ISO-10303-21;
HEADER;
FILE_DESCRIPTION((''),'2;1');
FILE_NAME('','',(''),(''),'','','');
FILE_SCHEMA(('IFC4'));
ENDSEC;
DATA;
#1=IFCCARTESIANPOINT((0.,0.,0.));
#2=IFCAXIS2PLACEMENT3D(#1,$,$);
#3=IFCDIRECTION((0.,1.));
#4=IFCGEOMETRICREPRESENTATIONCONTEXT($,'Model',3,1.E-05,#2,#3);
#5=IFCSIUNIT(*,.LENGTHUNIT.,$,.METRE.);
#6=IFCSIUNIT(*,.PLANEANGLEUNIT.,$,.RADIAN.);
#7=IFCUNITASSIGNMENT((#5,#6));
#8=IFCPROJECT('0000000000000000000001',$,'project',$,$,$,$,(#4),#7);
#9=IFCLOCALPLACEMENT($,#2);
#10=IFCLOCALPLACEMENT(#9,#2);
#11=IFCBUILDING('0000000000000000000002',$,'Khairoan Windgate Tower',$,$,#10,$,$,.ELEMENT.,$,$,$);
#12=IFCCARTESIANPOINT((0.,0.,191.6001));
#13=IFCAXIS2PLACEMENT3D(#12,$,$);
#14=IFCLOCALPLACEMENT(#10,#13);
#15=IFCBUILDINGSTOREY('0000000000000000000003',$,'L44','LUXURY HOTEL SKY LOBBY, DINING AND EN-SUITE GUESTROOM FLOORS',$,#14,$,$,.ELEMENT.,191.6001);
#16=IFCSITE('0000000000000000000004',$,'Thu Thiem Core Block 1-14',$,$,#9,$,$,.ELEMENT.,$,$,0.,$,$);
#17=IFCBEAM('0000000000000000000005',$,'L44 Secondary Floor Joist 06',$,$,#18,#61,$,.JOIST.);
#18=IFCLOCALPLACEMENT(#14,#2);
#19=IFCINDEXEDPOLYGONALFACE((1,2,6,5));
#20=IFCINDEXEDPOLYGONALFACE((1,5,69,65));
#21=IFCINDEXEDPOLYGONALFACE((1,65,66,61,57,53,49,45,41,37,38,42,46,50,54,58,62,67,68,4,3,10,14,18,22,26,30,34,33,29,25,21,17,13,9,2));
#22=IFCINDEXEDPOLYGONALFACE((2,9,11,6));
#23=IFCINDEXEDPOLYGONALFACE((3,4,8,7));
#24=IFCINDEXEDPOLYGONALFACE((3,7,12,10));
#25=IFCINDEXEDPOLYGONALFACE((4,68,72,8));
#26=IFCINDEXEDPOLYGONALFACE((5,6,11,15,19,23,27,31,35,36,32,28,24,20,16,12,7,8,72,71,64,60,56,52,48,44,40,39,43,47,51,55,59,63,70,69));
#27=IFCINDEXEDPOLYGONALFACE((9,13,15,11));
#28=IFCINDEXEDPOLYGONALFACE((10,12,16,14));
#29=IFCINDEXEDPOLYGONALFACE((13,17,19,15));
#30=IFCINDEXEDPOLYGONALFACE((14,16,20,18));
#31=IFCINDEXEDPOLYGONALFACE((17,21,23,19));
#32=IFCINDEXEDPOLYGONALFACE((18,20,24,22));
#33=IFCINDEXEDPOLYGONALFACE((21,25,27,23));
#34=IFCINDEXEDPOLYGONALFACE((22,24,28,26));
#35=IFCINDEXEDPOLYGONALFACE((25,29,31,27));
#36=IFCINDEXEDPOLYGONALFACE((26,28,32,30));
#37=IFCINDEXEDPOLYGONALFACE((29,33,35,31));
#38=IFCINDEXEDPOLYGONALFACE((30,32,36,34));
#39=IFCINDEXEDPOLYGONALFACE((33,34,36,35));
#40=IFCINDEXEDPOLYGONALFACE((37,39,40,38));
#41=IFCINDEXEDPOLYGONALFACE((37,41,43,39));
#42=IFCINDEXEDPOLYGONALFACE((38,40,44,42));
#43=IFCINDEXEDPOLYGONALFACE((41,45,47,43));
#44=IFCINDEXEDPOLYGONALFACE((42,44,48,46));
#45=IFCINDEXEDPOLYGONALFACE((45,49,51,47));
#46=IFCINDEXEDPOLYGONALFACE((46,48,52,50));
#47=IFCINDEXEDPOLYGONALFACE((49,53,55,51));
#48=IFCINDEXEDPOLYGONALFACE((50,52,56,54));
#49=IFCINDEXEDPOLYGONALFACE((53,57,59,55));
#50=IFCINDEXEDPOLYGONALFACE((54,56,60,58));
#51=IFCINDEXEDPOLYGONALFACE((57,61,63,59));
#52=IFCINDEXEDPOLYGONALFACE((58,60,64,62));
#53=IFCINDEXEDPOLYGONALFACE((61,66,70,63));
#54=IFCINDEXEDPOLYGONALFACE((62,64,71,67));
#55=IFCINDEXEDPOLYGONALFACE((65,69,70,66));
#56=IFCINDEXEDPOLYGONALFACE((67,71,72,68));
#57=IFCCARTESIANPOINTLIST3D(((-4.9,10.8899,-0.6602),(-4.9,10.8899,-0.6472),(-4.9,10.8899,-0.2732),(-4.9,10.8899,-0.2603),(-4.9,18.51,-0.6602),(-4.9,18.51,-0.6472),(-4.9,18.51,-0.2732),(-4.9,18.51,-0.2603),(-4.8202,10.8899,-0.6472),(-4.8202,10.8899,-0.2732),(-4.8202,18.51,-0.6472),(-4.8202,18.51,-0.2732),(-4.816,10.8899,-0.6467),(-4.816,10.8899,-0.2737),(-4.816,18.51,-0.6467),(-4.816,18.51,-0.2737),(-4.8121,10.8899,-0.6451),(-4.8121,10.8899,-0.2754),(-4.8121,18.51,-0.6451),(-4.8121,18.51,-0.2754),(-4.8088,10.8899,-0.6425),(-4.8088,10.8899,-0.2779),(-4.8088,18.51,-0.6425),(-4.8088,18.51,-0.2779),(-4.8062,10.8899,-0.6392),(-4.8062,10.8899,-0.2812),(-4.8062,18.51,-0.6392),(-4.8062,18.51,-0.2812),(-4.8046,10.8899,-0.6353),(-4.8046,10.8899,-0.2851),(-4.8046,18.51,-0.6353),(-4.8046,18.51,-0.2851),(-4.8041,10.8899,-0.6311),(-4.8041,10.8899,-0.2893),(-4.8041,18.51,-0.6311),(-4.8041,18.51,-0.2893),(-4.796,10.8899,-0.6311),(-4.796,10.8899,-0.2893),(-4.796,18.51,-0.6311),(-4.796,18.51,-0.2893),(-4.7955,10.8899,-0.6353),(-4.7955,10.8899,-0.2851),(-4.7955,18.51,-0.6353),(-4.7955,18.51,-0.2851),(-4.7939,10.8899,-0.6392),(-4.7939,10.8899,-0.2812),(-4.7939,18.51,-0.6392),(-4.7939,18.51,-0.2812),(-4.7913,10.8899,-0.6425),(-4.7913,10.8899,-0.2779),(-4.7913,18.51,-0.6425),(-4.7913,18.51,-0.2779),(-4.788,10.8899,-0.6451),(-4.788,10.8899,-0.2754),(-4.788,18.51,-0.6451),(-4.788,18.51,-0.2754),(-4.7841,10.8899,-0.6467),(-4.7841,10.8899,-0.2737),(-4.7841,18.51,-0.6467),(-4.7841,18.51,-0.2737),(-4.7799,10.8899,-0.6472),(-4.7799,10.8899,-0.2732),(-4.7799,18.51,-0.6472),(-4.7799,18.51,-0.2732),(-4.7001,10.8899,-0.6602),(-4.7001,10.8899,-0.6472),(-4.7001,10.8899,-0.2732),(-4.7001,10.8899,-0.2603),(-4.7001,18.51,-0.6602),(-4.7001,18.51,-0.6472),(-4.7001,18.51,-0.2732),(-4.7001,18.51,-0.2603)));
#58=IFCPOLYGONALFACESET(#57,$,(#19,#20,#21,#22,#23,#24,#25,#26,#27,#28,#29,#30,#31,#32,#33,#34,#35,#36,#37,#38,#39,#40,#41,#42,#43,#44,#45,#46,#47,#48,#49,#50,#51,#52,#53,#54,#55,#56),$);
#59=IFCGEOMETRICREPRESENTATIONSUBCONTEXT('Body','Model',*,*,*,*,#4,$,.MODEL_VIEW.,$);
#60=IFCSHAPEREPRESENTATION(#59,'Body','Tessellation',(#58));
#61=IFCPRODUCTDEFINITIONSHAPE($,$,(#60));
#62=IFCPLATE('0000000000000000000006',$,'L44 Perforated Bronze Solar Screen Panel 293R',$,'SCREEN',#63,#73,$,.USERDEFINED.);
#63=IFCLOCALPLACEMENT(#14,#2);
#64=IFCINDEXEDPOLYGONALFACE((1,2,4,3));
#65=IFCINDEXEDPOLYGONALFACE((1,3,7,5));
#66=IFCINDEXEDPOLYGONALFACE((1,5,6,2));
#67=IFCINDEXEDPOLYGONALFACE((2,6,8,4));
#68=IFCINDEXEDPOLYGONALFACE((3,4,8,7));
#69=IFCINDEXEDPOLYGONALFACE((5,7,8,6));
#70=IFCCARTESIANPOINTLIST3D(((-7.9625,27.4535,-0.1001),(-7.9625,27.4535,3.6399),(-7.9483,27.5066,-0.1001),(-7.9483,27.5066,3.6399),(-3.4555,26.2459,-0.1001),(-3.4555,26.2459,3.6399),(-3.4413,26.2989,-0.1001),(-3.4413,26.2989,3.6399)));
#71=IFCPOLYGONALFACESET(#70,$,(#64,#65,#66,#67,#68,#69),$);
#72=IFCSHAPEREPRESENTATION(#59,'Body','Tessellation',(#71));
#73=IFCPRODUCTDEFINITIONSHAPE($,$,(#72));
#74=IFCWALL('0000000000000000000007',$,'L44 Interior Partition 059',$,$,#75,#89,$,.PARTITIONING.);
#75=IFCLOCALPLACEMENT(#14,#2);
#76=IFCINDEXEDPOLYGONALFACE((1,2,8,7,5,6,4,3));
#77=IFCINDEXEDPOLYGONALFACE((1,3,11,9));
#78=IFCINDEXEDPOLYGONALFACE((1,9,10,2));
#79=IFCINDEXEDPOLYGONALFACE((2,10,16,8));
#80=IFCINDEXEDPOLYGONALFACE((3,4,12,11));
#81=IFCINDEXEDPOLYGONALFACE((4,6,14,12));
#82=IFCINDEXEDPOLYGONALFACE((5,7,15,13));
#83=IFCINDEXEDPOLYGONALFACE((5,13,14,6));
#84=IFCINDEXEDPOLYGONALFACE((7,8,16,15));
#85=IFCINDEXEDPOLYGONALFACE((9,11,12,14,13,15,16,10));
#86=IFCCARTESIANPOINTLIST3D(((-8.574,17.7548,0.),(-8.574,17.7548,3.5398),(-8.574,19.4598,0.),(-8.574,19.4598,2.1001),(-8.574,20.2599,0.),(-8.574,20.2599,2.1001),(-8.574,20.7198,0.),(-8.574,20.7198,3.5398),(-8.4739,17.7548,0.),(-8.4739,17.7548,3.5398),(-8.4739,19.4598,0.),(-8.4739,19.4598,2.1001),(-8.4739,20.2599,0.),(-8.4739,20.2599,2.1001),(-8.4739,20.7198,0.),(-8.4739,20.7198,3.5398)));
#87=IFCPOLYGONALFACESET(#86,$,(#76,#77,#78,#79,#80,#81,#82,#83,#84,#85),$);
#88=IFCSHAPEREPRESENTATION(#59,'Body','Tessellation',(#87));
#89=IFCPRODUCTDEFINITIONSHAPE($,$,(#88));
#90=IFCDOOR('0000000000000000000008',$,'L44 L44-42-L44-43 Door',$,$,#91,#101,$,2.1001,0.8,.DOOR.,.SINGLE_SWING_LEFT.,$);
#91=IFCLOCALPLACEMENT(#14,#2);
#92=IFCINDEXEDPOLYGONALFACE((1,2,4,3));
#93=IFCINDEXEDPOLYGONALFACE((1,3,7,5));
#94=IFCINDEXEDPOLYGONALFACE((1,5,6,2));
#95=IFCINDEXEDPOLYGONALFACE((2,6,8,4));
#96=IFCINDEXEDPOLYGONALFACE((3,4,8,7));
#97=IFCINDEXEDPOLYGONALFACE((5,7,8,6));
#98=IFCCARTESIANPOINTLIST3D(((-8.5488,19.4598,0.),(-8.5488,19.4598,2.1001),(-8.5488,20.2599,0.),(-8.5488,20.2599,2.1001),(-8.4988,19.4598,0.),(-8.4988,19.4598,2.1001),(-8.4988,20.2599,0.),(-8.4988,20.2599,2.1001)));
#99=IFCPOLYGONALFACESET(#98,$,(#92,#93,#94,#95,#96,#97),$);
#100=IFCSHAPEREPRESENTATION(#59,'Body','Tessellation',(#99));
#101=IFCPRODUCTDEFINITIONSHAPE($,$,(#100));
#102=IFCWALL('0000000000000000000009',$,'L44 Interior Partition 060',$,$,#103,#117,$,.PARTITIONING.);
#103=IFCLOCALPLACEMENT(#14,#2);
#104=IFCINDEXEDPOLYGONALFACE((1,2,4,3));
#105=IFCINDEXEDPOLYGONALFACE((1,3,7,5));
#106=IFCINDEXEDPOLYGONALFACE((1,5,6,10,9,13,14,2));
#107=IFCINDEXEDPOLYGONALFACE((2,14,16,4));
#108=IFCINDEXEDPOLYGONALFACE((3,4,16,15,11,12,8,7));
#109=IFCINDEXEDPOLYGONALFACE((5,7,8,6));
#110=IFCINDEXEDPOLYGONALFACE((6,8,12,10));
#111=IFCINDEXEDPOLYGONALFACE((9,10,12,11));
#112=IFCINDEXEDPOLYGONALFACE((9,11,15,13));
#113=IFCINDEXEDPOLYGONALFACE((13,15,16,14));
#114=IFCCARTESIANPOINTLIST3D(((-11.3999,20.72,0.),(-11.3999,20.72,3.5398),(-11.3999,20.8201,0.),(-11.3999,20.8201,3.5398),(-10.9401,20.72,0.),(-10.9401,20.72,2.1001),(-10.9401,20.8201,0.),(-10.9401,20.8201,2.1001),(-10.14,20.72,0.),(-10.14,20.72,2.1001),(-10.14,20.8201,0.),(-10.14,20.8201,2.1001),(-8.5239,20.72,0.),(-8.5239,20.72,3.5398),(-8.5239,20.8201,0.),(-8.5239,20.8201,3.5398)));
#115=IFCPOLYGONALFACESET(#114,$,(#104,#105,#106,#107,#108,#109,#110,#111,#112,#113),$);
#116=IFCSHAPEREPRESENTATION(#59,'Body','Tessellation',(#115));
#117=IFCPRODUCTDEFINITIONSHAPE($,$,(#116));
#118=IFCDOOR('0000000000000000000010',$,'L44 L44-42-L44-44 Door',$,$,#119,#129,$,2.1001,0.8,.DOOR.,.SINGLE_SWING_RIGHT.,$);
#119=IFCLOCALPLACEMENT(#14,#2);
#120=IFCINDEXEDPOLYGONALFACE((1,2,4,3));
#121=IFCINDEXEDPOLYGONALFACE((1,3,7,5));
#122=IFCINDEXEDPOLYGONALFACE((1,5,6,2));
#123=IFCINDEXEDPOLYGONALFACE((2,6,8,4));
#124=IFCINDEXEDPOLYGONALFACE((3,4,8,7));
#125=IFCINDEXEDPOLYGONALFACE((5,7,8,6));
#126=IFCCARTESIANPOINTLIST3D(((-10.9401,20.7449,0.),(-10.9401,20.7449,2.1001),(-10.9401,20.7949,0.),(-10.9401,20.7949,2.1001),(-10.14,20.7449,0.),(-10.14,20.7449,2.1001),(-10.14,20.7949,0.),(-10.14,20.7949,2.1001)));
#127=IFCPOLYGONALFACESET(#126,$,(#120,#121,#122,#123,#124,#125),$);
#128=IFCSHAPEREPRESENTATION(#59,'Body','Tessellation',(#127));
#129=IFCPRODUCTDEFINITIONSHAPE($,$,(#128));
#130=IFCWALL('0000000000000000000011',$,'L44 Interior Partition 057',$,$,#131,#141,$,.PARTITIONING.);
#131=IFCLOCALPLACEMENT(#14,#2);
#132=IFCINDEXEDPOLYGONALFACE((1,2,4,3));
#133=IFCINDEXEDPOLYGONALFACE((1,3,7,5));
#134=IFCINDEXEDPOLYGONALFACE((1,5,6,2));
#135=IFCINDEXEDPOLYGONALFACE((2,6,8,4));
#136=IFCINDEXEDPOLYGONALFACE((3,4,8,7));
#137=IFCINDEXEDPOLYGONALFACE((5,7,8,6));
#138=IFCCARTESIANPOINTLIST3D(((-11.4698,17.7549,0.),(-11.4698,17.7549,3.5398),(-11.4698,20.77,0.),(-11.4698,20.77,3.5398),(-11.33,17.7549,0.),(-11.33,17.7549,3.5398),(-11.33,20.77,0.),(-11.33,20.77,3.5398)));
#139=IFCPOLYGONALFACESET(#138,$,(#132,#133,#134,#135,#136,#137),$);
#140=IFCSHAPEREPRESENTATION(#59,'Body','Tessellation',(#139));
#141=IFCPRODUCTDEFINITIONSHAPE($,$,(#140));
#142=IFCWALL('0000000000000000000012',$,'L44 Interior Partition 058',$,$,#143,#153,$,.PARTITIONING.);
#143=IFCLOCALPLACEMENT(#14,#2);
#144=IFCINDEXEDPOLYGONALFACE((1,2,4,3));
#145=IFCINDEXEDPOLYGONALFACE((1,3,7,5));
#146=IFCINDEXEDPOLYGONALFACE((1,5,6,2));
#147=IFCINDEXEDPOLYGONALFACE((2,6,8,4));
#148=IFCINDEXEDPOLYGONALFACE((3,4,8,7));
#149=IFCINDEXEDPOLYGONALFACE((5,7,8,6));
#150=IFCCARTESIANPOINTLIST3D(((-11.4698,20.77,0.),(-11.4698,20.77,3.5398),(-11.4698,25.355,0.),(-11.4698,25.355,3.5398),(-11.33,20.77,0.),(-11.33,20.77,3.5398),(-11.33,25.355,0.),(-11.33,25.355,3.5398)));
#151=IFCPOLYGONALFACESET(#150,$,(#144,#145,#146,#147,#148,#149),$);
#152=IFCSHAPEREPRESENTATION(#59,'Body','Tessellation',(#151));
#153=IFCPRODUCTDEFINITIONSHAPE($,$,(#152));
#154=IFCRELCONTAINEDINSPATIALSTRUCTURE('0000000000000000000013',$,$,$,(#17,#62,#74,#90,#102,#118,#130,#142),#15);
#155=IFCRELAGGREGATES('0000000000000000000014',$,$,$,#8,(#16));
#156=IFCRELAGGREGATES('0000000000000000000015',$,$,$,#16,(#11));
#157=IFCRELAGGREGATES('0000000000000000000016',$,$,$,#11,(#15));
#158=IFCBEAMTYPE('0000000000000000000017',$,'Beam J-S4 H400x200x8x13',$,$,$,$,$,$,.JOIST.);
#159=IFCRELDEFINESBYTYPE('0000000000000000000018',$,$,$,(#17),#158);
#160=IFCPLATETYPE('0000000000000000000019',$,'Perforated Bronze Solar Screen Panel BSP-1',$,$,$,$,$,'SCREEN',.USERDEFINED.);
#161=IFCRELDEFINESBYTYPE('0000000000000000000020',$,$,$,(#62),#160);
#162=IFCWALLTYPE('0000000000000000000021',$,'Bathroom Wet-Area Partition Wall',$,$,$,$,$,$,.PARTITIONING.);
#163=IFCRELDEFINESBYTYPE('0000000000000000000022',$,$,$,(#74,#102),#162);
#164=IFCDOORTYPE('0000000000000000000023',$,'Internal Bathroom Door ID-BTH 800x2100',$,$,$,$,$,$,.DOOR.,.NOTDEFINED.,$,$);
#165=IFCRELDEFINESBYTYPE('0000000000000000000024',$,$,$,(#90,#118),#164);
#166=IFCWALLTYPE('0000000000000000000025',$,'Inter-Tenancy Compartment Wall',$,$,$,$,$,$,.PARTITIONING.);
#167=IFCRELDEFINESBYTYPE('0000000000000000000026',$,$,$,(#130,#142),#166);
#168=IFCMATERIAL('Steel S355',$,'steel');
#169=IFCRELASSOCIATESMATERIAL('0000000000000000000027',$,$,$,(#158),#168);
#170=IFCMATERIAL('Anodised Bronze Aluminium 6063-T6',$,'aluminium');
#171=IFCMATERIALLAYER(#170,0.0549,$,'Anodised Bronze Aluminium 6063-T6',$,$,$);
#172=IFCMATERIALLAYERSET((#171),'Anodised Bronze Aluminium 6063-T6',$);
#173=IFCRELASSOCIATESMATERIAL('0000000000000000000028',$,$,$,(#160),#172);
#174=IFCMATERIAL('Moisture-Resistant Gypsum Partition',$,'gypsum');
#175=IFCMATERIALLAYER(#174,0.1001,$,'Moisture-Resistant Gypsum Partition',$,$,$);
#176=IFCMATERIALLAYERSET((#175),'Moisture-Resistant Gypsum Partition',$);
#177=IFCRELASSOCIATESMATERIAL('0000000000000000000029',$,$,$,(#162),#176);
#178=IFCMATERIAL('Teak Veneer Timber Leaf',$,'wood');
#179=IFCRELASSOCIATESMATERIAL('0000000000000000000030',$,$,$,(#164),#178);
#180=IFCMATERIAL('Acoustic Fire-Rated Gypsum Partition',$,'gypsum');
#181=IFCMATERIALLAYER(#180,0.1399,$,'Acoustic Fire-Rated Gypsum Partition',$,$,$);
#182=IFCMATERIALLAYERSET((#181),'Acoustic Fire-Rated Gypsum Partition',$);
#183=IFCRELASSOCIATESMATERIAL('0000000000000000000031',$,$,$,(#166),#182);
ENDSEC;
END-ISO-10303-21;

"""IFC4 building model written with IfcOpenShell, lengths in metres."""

from ifc_helpers import new_model, si_unit, direction, frame, frame_2d, origin, origin_2d, place, context, subcontext, project, spatial, rectangle, i_section, extrude, material, layer, layer_set, material_profile, profile_set, type_object, element, fill, save


model = new_model("IFC4")

# Units and contexts
model_context = context("Model", 3, precision=1e-05, world=origin(), true_north=direction((0.0, 1.0)))
body_context = subcontext(model_context, "Body", "Model", "MODEL_VIEW")
ifc_project = project(units=[si_unit("LENGTHUNIT", "METRE"), si_unit("PLANEANGLEUNIT", "RADIAN")], contexts=[model_context])

# Site, building, storey
site_placement = place(None, origin())
site = spatial("IfcSite", under=ifc_project, at=site_placement, Name="Thu Thiem Core Block 1-14", CompositionType="ELEMENT", RefElevation=0.0)
building_placement = place(site_placement, origin())
building = spatial("IfcBuilding", under=site, at=building_placement, Name="Khairoan Windgate Tower", CompositionType="ELEMENT")
storey_placement = place(building_placement, frame((0.0, 0.0, 191.6001)))
storey = spatial("IfcBuildingStorey", under=building, at=storey_placement, Name="L44", Description="LUXURY HOTEL SKY LOBBY, DINING AND EN-SUITE GUESTROOM FLOORS", CompositionType="ELEMENT", Elevation=191.6001)

# Beam
ifc_material_1 = material(Name="Steel S355", Category="steel")
ifc_material_profile_1 = material_profile(ifc_material_1, i_section(OverallWidth=0.2, OverallDepth=0.3999, WebThickness=0.0081, FlangeThickness=0.0129, FilletRadius=0.0161, at=origin_2d()))
ifc_profile_set_1 = profile_set([ifc_material_profile_1], Name="Steel S355")
beam_type_1 = type_object("IfcBeamType", Name="Beam J-S4 H400x200x8x13", PredefinedType="JOIST", material=ifc_profile_set_1)
beam_1_placement = place(storey_placement, frame((-4.8, 10.8899, -0.4602), z_axis=(0.0, 1.0, 0.0), x_axis=(-1.0, 0.0, 0.0)))
element("IfcBeam", 1, at=beam_1_placement, inside=storey, type_object=beam_type_1, Name="L44 Secondary Floor Joist 06", PredefinedType="JOIST", context=body_context, shape_type="SweptSolid", body=[
    extrude(i_section(OverallWidth=0.2, OverallDepth=0.3999, WebThickness=0.0081, FlangeThickness=0.0129, FilletRadius=0.0161, at=origin_2d()), origin(), (0.0, 0.0, 1.0), 7.6201),
])

# Plate
ifc_material_2 = material(Name="Anodised Bronze Aluminium 6063-T6", Category="aluminium")
ifc_layer_1 = layer(ifc_material_2, 0.0549, Name="Anodised Bronze Aluminium 6063-T6")
ifc_layer_set_1 = layer_set([ifc_layer_1], Name="Anodised Bronze Aluminium 6063-T6")
plate_type = type_object("IfcPlateType", Name="Perforated Bronze Solar Screen Panel BSP-1", ElementType="SCREEN", PredefinedType="USERDEFINED", material=ifc_layer_set_1)
plate_placement = place(storey_placement, frame((-5.7019, 26.8762, -0.1001), z_axis=(0.0, 0.0, 1.0), x_axis=(0.965926, -0.258819, 0.0)))
element("IfcPlate", 2, at=plate_placement, inside=storey, type_object=plate_type, Name="L44 Perforated Bronze Solar Screen Panel 293R", ObjectType="SCREEN", PredefinedType="USERDEFINED", context=body_context, shape_type="SweptSolid", body=[
    extrude(rectangle(XDim=4.666, YDim=0.0549, at=origin_2d()), origin(), (0.0, 0.0, 1.0), 3.74),
])

# Walls, openings, doors
ifc_material_3 = material(Name="Moisture-Resistant Gypsum Partition", Category="gypsum")
ifc_layer_2 = layer(ifc_material_3, 0.1001, Name="Moisture-Resistant Gypsum Partition")
ifc_layer_set_2 = layer_set([ifc_layer_2], Name="Moisture-Resistant Gypsum Partition")
wall_type_1 = type_object("IfcWallType", Name="Bathroom Wet-Area Partition Wall", PredefinedType="PARTITIONING", material=ifc_layer_set_2)
wall_1_placement = place(storey_placement, frame((-8.5239, 17.7549, 0.0), z_axis=(0.0, 0.0, 1.0), x_axis=(0.0, 1.0, 0.0)))
wall_1 = element("IfcWall", 3, at=wall_1_placement, inside=storey, type_object=wall_type_1, Name="L44 Interior Partition 059", PredefinedType="PARTITIONING", context=body_context, shape_type="SweptSolid", body=[
    extrude(rectangle(XDim=2.9651, YDim=0.1001, at=frame_2d((1.4824, 0.0))), origin(), (0.0, 0.0, 1.0), 3.5398),
])
opening_1_placement = place(wall_1_placement, frame((1.7051, 0.0, 0.0)))
opening_1 = element("IfcOpeningElement", 4, at=opening_1_placement, cuts=wall_1, PredefinedType="OPENING", context=body_context, shape_type="SweptSolid", body=[
    extrude(rectangle(XDim=0.8, YDim=2.1001, at=frame_2d((0.3999, 1.05))), frame((0.0, 0.0601, 0.0), z_axis=(0.0, -1.0, 0.0), x_axis=(1.0, 0.0, 0.0)), (0.0, 0.0, 1.0), 0.1201),
])
ifc_material_4 = material(Name="Teak Veneer Timber Leaf", Category="wood")
door_type_1 = type_object("IfcDoorType", Name="Internal Bathroom Door ID-BTH 800x2100", OperationType="NOTDEFINED", PredefinedType="DOOR", material=ifc_material_4)
door_1_placement = place(opening_1_placement, origin())
door_1 = element("IfcDoor", 5, at=door_1_placement, inside=storey, type_object=door_type_1, Name="L44 L44-42-L44-43 Door", OperationType="SINGLE_SWING_LEFT", OverallHeight=2.1001, OverallWidth=0.8, PredefinedType="DOOR", context=body_context, shape_type="SweptSolid", body=[
    extrude(rectangle(XDim=0.8, YDim=2.1001, at=frame_2d((0.3999, 1.05))), frame((0.0, 0.0249, 0.0), z_axis=(0.0, -1.0, 0.0), x_axis=(1.0, 0.0, 0.0)), (0.0, 0.0, 1.0), 0.05),
])
fill(opening_1, door_1)
wall_2_placement = place(storey_placement, frame((-11.3999, 20.77, 0.0), z_axis=(0.0, 0.0, 1.0), x_axis=(1.0, 0.0, 0.0)))
wall_2 = element("IfcWall", 6, at=wall_2_placement, inside=storey, type_object=wall_type_1, Name="L44 Interior Partition 060", PredefinedType="PARTITIONING", context=body_context, shape_type="SweptSolid", body=[
    extrude(rectangle(XDim=2.876, YDim=0.1001, at=frame_2d((1.438, 0.0))), origin(), (0.0, 0.0, 1.0), 3.5398),
])
opening_2_placement = place(wall_2_placement, frame((0.46, 0.0, 0.0)))
opening_2 = element("IfcOpeningElement", 7, at=opening_2_placement, cuts=wall_2, PredefinedType="OPENING", context=body_context, shape_type="SweptSolid", body=[
    extrude(rectangle(XDim=0.8, YDim=2.1001, at=frame_2d((0.3999, 1.05))), frame((0.0, 0.0601, 0.0), z_axis=(0.0, -1.0, 0.0), x_axis=(1.0, 0.0, 0.0)), (0.0, 0.0, 1.0), 0.1201),
])
door_2_placement = place(opening_2_placement, origin())
door_2 = element("IfcDoor", 8, at=door_2_placement, inside=storey, type_object=door_type_1, Name="L44 L44-42-L44-44 Door", OperationType="SINGLE_SWING_RIGHT", OverallHeight=2.1001, OverallWidth=0.8, PredefinedType="DOOR", context=body_context, shape_type="SweptSolid", body=[
    extrude(rectangle(XDim=0.8, YDim=2.1001, at=frame_2d((0.3999, 1.05))), frame((0.0, 0.0249, 0.0), z_axis=(0.0, -1.0, 0.0), x_axis=(1.0, 0.0, 0.0)), (0.0, 0.0, 1.0), 0.05),
])
fill(opening_2, door_2)

# Walls
ifc_material_5 = material(Name="Acoustic Fire-Rated Gypsum Partition", Category="gypsum")
ifc_layer_3 = layer(ifc_material_5, 0.1399, Name="Acoustic Fire-Rated Gypsum Partition")
ifc_layer_set_3 = layer_set([ifc_layer_3], Name="Acoustic Fire-Rated Gypsum Partition")
wall_type_2 = type_object("IfcWallType", Name="Inter-Tenancy Compartment Wall", PredefinedType="PARTITIONING", material=ifc_layer_set_3)
wall_3_placement = place(storey_placement, frame((-11.3999, 17.7549, 0.0), z_axis=(0.0, 0.0, 1.0), x_axis=(0.0, 1.0, 0.0)))
element("IfcWall", 9, at=wall_3_placement, inside=storey, type_object=wall_type_2, Name="L44 Interior Partition 057", PredefinedType="PARTITIONING", context=body_context, shape_type="SweptSolid", body=[
    extrude(rectangle(XDim=3.0151, YDim=0.1399, at=frame_2d((1.5076, 0.0))), origin(), (0.0, 0.0, 1.0), 3.5398),
])
wall_4_placement = place(storey_placement, frame((-11.3999, 20.77, 0.0), z_axis=(0.0, 0.0, 1.0), x_axis=(0.0, 1.0, 0.0)))
element("IfcWall", 10, at=wall_4_placement, inside=storey, type_object=wall_type_2, Name="L44 Interior Partition 058", PredefinedType="PARTITIONING", context=body_context, shape_type="SweptSolid", body=[
    extrude(rectangle(XDim=4.585, YDim=0.1399, at=frame_2d((2.2925, 0.0))), origin(), (0.0, 0.0, 1.0), 3.5398),
])

save(model, "model.ifc")
